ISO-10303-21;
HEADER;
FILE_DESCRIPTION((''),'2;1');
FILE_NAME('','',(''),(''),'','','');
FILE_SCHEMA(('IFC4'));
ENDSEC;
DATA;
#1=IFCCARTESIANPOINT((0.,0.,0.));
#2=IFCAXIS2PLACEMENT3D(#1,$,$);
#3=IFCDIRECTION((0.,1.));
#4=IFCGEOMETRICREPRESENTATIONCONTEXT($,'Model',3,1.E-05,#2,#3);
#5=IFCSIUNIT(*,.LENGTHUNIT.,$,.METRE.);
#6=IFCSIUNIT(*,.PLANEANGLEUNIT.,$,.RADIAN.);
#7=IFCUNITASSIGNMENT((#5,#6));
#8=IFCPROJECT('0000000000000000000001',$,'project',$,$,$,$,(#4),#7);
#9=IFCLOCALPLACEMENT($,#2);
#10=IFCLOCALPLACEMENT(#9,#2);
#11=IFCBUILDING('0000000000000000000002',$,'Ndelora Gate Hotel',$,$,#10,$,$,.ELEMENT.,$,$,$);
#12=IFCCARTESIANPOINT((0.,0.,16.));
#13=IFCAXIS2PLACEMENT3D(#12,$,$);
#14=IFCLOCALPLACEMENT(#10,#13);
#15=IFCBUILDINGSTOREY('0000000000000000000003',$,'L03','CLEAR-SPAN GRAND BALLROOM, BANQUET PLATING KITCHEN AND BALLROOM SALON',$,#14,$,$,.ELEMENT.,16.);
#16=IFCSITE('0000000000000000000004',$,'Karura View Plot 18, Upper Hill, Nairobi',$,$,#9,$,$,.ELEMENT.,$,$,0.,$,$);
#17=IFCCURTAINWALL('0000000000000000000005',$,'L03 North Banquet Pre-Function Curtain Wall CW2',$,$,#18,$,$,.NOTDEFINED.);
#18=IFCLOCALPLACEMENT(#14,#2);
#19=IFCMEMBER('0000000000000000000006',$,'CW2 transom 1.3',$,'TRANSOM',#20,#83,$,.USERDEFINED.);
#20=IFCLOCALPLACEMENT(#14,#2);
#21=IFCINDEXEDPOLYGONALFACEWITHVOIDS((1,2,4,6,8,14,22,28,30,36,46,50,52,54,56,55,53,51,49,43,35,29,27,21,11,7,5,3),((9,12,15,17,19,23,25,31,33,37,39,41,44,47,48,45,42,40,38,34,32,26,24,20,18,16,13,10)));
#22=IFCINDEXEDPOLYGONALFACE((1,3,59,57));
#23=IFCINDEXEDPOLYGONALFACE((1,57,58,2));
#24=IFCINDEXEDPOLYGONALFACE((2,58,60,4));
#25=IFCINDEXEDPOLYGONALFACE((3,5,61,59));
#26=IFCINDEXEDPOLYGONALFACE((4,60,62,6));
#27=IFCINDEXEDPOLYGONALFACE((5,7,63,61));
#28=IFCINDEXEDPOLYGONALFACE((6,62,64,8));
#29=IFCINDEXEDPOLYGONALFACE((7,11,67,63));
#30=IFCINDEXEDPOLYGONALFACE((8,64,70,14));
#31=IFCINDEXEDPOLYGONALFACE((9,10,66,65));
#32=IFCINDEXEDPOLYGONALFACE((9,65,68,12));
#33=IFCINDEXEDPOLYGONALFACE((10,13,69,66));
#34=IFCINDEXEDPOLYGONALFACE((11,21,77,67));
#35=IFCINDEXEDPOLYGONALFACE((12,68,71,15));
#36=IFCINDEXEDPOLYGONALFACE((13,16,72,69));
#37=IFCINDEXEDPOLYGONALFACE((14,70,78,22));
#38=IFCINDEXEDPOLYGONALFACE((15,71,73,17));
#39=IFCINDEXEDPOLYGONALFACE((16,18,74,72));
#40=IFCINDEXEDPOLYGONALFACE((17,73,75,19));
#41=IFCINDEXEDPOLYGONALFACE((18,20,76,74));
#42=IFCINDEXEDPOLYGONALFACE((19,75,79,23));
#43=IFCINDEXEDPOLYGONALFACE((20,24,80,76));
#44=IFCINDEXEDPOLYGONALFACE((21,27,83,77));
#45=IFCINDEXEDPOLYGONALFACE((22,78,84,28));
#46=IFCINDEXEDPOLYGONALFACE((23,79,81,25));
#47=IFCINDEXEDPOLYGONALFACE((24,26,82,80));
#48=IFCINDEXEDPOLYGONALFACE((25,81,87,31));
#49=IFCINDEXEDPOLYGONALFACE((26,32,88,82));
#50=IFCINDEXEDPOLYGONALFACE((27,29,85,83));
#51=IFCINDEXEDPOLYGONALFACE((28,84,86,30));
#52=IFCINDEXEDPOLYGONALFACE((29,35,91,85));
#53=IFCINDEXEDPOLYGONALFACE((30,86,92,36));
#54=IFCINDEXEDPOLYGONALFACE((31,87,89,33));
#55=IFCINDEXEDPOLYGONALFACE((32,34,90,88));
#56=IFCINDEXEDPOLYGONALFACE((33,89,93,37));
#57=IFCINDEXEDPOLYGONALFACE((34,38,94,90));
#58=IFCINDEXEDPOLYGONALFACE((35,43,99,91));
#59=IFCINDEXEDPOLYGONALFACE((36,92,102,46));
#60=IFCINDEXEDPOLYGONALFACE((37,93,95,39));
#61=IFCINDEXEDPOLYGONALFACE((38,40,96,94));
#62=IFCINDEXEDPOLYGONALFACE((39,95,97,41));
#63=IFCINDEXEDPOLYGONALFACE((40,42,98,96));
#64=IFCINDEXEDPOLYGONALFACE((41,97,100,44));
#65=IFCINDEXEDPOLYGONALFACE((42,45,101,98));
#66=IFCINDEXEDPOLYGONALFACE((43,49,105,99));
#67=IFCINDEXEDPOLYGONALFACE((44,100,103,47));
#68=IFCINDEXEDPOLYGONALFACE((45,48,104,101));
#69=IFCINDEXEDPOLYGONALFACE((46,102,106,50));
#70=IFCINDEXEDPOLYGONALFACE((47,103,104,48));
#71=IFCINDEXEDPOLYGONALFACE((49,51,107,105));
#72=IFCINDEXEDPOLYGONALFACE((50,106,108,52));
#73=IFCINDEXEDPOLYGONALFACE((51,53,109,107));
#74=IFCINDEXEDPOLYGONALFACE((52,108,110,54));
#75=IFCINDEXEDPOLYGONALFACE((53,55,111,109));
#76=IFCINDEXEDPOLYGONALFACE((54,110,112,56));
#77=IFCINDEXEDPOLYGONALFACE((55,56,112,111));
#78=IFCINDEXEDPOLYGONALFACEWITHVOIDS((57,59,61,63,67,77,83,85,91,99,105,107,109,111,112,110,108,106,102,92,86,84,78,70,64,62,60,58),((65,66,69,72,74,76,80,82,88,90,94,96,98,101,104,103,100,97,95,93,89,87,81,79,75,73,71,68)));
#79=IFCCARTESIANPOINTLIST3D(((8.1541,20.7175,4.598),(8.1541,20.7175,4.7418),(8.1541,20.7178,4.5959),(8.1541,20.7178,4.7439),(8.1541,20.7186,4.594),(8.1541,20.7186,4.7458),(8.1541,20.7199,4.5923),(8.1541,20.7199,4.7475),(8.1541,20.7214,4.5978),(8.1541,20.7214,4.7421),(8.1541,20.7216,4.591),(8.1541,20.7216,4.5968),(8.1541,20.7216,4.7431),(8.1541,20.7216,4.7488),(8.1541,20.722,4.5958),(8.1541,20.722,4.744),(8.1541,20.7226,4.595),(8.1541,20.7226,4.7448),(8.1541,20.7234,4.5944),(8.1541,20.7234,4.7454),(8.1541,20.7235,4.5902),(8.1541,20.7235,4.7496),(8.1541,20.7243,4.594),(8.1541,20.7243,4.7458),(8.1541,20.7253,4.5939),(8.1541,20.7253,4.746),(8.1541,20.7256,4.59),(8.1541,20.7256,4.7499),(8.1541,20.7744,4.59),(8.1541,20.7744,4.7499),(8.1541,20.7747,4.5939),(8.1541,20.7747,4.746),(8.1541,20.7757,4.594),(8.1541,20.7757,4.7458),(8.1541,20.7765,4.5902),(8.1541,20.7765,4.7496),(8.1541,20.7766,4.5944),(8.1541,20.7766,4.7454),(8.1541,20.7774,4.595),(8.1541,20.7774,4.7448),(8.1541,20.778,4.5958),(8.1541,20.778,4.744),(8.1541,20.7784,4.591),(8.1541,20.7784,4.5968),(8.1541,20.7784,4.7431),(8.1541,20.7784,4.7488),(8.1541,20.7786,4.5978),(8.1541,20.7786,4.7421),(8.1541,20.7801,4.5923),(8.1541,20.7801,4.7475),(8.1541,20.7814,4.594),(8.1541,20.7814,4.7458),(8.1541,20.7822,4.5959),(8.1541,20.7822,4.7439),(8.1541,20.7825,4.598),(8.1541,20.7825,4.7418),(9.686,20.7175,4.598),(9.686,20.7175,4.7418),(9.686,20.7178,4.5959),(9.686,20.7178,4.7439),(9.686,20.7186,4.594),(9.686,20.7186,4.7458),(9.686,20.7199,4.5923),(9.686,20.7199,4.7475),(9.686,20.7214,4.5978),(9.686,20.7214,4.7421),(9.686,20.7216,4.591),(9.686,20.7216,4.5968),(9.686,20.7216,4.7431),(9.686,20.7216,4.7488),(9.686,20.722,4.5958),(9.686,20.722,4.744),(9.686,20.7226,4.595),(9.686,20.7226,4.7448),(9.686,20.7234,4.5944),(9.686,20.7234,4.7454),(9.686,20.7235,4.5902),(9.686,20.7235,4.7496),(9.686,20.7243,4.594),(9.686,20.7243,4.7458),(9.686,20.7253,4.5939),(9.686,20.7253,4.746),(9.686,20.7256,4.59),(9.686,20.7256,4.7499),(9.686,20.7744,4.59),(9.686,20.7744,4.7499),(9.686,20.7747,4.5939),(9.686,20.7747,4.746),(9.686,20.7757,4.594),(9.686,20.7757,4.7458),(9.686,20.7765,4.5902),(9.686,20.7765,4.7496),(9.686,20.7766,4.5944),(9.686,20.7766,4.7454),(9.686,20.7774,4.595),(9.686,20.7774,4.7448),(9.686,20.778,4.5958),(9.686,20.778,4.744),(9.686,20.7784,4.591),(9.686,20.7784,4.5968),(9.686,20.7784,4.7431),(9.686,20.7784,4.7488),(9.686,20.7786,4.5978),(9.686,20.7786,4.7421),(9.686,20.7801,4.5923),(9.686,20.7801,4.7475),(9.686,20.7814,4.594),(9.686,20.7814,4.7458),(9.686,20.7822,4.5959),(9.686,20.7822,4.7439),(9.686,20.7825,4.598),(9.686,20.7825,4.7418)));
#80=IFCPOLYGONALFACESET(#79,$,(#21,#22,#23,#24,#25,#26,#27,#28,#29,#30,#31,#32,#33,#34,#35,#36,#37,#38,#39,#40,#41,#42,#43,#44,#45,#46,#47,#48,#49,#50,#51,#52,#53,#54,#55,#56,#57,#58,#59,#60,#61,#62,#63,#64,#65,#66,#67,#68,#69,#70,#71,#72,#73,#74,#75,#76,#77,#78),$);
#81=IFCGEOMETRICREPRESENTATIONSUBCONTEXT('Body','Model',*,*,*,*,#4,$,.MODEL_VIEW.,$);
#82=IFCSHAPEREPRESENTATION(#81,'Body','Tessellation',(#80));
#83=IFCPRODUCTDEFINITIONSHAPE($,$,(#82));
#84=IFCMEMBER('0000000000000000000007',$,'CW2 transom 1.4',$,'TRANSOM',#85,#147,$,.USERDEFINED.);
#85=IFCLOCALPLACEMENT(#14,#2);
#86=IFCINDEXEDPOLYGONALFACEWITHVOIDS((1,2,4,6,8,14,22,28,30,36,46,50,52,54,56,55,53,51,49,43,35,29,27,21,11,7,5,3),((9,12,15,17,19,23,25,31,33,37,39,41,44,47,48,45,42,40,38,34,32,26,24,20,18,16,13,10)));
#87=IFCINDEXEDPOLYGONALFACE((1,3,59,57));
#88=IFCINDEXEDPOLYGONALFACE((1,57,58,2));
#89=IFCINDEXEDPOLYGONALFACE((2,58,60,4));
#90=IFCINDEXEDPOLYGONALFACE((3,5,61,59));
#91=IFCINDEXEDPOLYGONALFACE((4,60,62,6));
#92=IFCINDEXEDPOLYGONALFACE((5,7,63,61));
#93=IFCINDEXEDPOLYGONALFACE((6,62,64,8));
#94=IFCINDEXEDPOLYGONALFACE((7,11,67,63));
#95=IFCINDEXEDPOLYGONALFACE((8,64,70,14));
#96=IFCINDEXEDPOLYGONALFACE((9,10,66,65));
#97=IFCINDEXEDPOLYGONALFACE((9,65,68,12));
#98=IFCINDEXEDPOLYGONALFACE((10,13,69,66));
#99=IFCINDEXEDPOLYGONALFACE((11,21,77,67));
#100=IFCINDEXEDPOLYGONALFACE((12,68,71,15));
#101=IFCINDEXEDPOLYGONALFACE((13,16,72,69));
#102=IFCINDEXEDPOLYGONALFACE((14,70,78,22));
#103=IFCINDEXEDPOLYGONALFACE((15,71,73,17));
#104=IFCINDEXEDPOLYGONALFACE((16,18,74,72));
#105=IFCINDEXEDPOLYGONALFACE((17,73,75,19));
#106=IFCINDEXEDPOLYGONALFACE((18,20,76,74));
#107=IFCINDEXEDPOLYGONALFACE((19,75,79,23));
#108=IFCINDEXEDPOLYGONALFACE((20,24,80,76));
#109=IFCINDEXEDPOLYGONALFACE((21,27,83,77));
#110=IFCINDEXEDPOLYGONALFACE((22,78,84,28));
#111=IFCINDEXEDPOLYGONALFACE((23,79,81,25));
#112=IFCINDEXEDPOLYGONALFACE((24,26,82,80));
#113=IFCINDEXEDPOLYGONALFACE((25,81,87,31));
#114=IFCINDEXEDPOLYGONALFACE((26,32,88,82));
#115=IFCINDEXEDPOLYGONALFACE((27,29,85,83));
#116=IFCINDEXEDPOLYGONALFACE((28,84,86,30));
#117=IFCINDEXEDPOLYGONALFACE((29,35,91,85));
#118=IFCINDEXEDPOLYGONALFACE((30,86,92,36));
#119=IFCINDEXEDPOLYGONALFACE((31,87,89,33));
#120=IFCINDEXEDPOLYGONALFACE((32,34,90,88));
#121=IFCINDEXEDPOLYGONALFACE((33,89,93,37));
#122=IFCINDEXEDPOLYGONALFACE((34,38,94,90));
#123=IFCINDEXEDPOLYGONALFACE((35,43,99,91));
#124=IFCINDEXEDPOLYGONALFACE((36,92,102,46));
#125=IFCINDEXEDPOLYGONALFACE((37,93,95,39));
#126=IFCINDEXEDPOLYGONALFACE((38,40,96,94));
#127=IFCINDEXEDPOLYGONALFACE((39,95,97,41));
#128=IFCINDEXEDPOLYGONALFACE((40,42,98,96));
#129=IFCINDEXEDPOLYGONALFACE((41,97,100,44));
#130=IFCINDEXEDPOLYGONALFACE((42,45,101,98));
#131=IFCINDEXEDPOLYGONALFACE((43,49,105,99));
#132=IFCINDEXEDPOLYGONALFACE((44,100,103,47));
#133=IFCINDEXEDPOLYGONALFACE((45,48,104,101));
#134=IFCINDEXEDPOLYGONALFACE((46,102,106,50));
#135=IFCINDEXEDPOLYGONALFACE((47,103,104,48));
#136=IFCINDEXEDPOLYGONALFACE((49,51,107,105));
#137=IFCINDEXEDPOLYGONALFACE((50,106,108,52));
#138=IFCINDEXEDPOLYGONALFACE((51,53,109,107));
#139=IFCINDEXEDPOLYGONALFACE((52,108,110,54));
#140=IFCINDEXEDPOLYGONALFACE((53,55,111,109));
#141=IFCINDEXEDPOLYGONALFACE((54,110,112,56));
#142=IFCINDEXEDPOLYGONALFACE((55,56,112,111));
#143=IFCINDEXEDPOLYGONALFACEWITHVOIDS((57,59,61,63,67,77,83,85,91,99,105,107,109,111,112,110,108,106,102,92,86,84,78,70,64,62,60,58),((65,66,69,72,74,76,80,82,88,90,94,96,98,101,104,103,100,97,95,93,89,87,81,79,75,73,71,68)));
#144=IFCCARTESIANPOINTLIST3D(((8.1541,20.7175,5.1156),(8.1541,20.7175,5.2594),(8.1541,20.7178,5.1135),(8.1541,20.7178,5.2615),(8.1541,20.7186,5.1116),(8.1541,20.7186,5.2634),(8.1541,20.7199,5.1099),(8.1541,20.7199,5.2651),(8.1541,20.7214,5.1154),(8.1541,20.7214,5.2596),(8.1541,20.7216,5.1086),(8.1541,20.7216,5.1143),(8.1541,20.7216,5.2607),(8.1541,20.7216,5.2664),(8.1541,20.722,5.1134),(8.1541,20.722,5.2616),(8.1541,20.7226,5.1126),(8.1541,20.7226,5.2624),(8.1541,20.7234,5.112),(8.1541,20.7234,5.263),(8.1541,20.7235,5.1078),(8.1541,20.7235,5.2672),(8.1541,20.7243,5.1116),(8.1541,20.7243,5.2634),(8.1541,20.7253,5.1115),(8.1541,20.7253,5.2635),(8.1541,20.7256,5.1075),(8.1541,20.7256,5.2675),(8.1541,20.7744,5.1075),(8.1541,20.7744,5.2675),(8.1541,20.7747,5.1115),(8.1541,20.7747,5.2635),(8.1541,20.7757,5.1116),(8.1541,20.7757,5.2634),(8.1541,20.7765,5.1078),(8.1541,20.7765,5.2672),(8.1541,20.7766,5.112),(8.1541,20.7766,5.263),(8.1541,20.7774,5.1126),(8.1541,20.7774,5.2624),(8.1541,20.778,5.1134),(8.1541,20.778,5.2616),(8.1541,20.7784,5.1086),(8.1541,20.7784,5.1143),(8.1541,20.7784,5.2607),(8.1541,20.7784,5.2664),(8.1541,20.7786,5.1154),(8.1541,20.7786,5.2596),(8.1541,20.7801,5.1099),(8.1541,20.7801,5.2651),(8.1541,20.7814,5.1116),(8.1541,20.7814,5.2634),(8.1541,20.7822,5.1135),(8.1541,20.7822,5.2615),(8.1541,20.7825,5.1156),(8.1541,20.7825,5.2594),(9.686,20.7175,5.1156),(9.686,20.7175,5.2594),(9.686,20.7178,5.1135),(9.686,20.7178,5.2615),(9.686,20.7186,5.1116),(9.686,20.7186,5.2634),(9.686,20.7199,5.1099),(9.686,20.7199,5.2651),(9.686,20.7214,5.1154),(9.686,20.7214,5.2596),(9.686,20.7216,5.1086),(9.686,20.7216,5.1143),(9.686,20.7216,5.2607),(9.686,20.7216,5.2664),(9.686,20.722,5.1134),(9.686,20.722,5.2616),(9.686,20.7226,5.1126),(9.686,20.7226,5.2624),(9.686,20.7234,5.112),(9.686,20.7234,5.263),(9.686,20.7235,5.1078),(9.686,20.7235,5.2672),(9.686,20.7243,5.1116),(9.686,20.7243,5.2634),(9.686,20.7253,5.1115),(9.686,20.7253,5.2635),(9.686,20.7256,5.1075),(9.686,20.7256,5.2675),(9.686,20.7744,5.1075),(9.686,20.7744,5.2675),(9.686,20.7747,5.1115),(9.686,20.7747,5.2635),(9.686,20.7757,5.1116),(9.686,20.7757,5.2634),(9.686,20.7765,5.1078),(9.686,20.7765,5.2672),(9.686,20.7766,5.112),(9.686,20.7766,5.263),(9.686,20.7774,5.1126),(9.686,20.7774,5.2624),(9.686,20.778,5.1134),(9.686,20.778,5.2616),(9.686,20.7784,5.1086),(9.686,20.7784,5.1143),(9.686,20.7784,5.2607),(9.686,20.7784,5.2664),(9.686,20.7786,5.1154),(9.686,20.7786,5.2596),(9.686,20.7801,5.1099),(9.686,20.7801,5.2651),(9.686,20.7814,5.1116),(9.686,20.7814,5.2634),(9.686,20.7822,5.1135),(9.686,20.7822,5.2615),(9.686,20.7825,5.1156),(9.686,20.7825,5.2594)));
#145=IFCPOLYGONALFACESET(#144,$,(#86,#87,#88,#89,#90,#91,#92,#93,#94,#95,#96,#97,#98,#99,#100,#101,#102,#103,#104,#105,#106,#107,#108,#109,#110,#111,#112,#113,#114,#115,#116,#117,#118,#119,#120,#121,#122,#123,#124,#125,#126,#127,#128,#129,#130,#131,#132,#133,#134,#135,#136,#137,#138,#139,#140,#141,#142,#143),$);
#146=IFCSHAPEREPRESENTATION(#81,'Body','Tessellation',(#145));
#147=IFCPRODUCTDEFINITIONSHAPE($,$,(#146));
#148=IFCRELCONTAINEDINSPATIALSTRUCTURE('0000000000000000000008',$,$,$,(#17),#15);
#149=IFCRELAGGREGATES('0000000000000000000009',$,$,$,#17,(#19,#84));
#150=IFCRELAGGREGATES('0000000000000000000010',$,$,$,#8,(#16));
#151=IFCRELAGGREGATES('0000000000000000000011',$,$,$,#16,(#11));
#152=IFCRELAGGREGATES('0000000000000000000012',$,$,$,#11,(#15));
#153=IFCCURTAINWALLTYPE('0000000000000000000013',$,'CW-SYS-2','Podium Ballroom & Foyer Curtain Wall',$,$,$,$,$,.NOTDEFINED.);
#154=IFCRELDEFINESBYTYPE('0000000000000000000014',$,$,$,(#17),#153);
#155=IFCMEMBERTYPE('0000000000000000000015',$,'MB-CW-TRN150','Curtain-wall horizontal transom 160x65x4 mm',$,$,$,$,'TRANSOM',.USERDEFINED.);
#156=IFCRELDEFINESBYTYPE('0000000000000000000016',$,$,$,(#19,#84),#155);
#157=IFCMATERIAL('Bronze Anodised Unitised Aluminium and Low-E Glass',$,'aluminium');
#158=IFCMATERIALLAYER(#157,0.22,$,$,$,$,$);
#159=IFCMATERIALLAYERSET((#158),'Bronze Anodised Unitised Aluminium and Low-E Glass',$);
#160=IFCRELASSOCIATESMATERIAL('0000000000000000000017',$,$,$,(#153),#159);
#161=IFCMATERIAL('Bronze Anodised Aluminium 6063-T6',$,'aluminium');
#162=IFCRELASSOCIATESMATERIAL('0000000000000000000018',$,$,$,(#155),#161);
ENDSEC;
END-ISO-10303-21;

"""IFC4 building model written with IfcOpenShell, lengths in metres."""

from ifc_helpers import new_model, si_unit, direction, frame, origin, origin_2d, place, context, subcontext, project, spatial, hollow_rectangle, extrude, material, layer, layer_set, material_profile, profile_set, type_object, element, aggregate, save


model = new_model("IFC4")

# Units and contexts
model_context = context("Model", 3, precision=1e-05, world=origin(), true_north=direction((0.0, 1.0)))
body_context = subcontext(model_context, "Body", "Model", "MODEL_VIEW")
ifc_project = project(units=[si_unit("LENGTHUNIT", "METRE"), si_unit("PLANEANGLEUNIT", "RADIAN")], contexts=[model_context])

# Site, building, storey
site_placement = place(None, origin())
site = spatial("IfcSite", under=ifc_project, at=site_placement, Name="Karura View Plot 18, Upper Hill, Nairobi", CompositionType="ELEMENT", RefElevation=0.0)
building_placement = place(site_placement, origin())
building = spatial("IfcBuilding", under=site, at=building_placement, Name="Ndelora Gate Hotel", CompositionType="ELEMENT")
storey_placement = place(building_placement, frame((0.0, 0.0, 16.0)))
storey = spatial("IfcBuildingStorey", under=building, at=storey_placement, Name="L03", Description="CLEAR-SPAN GRAND BALLROOM, BANQUET PLATING KITCHEN AND BALLROOM SALON", CompositionType="ELEMENT", Elevation=16.0)

# Curtain wall, members
ifc_material_1 = material(Name="Bronze Anodised Unitised Aluminium and Low-E Glass", Category="aluminium")
ifc_layer_1 = layer(ifc_material_1, 0.22)
ifc_layer_set_1 = layer_set([ifc_layer_1], Name="Bronze Anodised Unitised Aluminium and Low-E Glass")
curtain_wall_type = type_object("IfcCurtainWallType", Name="CW-SYS-2", Description="Podium Ballroom & Foyer Curtain Wall", PredefinedType="NOTDEFINED", material=ifc_layer_set_1)
curtain_wall_placement = place(storey_placement, origin())
curtain_wall = element("IfcCurtainWall", 1, at=curtain_wall_placement, inside=storey, type_object=curtain_wall_type, Name="L03 North Banquet Pre-Function Curtain Wall CW2", PredefinedType="NOTDEFINED")
ifc_material_2 = material(Name="Bronze Anodised Aluminium 6063-T6", Category="aluminium")
ifc_material_profile_1 = material_profile(ifc_material_2, hollow_rectangle(XDim=0.0649, YDim=0.1599, WallThickness=0.0039, InnerFilletRadius=0.0039, OuterFilletRadius=0.0081, at=origin_2d()), Name="ALU 160x65x4")
ifc_profile_set_1 = profile_set([ifc_material_profile_1], Name="Bronze Anodised Aluminium 6063-T6")
member_type_1 = type_object("IfcMemberType", Name="MB-CW-TRN150", Description="Curtain-wall horizontal transom 160x65x4 mm", ElementType="TRANSOM", PredefinedType="USERDEFINED", material=ifc_profile_set_1)
member_1_placement = place(storey_placement, frame((9.686, 20.75, 4.6699), z_axis=(-1.0, 0.0, 0.0), x_axis=(0.0, -1.0, 0.0)))
member_1 = element("IfcMember", 2, at=member_1_placement, type_object=member_type_1, Name="CW2 transom 1.3", ObjectType="TRANSOM", PredefinedType="USERDEFINED", context=body_context, shape_type="SweptSolid", body=[
    extrude(hollow_rectangle(XDim=0.0649, YDim=0.1599, WallThickness=0.0039, InnerFilletRadius=0.0039, OuterFilletRadius=0.0081, at=origin_2d()), origin(), (0.0, 0.0, 1.0), 1.532),
])
member_2_placement = place(storey_placement, frame((9.686, 20.75, 5.1875), z_axis=(-1.0, 0.0, 0.0), x_axis=(0.0, -1.0, 0.0)))
member_2 = element("IfcMember", 3, at=member_2_placement, type_object=member_type_1, Name="CW2 transom 1.4", ObjectType="TRANSOM", PredefinedType="USERDEFINED", context=body_context, shape_type="SweptSolid", body=[
    extrude(hollow_rectangle(XDim=0.0649, YDim=0.1599, WallThickness=0.0039, InnerFilletRadius=0.0039, OuterFilletRadius=0.0081, at=origin_2d()), origin(), (0.0, 0.0, 1.0), 1.532),
])
aggregate(curtain_wall, [member_1, member_2])

save(model, "model.ifc")
